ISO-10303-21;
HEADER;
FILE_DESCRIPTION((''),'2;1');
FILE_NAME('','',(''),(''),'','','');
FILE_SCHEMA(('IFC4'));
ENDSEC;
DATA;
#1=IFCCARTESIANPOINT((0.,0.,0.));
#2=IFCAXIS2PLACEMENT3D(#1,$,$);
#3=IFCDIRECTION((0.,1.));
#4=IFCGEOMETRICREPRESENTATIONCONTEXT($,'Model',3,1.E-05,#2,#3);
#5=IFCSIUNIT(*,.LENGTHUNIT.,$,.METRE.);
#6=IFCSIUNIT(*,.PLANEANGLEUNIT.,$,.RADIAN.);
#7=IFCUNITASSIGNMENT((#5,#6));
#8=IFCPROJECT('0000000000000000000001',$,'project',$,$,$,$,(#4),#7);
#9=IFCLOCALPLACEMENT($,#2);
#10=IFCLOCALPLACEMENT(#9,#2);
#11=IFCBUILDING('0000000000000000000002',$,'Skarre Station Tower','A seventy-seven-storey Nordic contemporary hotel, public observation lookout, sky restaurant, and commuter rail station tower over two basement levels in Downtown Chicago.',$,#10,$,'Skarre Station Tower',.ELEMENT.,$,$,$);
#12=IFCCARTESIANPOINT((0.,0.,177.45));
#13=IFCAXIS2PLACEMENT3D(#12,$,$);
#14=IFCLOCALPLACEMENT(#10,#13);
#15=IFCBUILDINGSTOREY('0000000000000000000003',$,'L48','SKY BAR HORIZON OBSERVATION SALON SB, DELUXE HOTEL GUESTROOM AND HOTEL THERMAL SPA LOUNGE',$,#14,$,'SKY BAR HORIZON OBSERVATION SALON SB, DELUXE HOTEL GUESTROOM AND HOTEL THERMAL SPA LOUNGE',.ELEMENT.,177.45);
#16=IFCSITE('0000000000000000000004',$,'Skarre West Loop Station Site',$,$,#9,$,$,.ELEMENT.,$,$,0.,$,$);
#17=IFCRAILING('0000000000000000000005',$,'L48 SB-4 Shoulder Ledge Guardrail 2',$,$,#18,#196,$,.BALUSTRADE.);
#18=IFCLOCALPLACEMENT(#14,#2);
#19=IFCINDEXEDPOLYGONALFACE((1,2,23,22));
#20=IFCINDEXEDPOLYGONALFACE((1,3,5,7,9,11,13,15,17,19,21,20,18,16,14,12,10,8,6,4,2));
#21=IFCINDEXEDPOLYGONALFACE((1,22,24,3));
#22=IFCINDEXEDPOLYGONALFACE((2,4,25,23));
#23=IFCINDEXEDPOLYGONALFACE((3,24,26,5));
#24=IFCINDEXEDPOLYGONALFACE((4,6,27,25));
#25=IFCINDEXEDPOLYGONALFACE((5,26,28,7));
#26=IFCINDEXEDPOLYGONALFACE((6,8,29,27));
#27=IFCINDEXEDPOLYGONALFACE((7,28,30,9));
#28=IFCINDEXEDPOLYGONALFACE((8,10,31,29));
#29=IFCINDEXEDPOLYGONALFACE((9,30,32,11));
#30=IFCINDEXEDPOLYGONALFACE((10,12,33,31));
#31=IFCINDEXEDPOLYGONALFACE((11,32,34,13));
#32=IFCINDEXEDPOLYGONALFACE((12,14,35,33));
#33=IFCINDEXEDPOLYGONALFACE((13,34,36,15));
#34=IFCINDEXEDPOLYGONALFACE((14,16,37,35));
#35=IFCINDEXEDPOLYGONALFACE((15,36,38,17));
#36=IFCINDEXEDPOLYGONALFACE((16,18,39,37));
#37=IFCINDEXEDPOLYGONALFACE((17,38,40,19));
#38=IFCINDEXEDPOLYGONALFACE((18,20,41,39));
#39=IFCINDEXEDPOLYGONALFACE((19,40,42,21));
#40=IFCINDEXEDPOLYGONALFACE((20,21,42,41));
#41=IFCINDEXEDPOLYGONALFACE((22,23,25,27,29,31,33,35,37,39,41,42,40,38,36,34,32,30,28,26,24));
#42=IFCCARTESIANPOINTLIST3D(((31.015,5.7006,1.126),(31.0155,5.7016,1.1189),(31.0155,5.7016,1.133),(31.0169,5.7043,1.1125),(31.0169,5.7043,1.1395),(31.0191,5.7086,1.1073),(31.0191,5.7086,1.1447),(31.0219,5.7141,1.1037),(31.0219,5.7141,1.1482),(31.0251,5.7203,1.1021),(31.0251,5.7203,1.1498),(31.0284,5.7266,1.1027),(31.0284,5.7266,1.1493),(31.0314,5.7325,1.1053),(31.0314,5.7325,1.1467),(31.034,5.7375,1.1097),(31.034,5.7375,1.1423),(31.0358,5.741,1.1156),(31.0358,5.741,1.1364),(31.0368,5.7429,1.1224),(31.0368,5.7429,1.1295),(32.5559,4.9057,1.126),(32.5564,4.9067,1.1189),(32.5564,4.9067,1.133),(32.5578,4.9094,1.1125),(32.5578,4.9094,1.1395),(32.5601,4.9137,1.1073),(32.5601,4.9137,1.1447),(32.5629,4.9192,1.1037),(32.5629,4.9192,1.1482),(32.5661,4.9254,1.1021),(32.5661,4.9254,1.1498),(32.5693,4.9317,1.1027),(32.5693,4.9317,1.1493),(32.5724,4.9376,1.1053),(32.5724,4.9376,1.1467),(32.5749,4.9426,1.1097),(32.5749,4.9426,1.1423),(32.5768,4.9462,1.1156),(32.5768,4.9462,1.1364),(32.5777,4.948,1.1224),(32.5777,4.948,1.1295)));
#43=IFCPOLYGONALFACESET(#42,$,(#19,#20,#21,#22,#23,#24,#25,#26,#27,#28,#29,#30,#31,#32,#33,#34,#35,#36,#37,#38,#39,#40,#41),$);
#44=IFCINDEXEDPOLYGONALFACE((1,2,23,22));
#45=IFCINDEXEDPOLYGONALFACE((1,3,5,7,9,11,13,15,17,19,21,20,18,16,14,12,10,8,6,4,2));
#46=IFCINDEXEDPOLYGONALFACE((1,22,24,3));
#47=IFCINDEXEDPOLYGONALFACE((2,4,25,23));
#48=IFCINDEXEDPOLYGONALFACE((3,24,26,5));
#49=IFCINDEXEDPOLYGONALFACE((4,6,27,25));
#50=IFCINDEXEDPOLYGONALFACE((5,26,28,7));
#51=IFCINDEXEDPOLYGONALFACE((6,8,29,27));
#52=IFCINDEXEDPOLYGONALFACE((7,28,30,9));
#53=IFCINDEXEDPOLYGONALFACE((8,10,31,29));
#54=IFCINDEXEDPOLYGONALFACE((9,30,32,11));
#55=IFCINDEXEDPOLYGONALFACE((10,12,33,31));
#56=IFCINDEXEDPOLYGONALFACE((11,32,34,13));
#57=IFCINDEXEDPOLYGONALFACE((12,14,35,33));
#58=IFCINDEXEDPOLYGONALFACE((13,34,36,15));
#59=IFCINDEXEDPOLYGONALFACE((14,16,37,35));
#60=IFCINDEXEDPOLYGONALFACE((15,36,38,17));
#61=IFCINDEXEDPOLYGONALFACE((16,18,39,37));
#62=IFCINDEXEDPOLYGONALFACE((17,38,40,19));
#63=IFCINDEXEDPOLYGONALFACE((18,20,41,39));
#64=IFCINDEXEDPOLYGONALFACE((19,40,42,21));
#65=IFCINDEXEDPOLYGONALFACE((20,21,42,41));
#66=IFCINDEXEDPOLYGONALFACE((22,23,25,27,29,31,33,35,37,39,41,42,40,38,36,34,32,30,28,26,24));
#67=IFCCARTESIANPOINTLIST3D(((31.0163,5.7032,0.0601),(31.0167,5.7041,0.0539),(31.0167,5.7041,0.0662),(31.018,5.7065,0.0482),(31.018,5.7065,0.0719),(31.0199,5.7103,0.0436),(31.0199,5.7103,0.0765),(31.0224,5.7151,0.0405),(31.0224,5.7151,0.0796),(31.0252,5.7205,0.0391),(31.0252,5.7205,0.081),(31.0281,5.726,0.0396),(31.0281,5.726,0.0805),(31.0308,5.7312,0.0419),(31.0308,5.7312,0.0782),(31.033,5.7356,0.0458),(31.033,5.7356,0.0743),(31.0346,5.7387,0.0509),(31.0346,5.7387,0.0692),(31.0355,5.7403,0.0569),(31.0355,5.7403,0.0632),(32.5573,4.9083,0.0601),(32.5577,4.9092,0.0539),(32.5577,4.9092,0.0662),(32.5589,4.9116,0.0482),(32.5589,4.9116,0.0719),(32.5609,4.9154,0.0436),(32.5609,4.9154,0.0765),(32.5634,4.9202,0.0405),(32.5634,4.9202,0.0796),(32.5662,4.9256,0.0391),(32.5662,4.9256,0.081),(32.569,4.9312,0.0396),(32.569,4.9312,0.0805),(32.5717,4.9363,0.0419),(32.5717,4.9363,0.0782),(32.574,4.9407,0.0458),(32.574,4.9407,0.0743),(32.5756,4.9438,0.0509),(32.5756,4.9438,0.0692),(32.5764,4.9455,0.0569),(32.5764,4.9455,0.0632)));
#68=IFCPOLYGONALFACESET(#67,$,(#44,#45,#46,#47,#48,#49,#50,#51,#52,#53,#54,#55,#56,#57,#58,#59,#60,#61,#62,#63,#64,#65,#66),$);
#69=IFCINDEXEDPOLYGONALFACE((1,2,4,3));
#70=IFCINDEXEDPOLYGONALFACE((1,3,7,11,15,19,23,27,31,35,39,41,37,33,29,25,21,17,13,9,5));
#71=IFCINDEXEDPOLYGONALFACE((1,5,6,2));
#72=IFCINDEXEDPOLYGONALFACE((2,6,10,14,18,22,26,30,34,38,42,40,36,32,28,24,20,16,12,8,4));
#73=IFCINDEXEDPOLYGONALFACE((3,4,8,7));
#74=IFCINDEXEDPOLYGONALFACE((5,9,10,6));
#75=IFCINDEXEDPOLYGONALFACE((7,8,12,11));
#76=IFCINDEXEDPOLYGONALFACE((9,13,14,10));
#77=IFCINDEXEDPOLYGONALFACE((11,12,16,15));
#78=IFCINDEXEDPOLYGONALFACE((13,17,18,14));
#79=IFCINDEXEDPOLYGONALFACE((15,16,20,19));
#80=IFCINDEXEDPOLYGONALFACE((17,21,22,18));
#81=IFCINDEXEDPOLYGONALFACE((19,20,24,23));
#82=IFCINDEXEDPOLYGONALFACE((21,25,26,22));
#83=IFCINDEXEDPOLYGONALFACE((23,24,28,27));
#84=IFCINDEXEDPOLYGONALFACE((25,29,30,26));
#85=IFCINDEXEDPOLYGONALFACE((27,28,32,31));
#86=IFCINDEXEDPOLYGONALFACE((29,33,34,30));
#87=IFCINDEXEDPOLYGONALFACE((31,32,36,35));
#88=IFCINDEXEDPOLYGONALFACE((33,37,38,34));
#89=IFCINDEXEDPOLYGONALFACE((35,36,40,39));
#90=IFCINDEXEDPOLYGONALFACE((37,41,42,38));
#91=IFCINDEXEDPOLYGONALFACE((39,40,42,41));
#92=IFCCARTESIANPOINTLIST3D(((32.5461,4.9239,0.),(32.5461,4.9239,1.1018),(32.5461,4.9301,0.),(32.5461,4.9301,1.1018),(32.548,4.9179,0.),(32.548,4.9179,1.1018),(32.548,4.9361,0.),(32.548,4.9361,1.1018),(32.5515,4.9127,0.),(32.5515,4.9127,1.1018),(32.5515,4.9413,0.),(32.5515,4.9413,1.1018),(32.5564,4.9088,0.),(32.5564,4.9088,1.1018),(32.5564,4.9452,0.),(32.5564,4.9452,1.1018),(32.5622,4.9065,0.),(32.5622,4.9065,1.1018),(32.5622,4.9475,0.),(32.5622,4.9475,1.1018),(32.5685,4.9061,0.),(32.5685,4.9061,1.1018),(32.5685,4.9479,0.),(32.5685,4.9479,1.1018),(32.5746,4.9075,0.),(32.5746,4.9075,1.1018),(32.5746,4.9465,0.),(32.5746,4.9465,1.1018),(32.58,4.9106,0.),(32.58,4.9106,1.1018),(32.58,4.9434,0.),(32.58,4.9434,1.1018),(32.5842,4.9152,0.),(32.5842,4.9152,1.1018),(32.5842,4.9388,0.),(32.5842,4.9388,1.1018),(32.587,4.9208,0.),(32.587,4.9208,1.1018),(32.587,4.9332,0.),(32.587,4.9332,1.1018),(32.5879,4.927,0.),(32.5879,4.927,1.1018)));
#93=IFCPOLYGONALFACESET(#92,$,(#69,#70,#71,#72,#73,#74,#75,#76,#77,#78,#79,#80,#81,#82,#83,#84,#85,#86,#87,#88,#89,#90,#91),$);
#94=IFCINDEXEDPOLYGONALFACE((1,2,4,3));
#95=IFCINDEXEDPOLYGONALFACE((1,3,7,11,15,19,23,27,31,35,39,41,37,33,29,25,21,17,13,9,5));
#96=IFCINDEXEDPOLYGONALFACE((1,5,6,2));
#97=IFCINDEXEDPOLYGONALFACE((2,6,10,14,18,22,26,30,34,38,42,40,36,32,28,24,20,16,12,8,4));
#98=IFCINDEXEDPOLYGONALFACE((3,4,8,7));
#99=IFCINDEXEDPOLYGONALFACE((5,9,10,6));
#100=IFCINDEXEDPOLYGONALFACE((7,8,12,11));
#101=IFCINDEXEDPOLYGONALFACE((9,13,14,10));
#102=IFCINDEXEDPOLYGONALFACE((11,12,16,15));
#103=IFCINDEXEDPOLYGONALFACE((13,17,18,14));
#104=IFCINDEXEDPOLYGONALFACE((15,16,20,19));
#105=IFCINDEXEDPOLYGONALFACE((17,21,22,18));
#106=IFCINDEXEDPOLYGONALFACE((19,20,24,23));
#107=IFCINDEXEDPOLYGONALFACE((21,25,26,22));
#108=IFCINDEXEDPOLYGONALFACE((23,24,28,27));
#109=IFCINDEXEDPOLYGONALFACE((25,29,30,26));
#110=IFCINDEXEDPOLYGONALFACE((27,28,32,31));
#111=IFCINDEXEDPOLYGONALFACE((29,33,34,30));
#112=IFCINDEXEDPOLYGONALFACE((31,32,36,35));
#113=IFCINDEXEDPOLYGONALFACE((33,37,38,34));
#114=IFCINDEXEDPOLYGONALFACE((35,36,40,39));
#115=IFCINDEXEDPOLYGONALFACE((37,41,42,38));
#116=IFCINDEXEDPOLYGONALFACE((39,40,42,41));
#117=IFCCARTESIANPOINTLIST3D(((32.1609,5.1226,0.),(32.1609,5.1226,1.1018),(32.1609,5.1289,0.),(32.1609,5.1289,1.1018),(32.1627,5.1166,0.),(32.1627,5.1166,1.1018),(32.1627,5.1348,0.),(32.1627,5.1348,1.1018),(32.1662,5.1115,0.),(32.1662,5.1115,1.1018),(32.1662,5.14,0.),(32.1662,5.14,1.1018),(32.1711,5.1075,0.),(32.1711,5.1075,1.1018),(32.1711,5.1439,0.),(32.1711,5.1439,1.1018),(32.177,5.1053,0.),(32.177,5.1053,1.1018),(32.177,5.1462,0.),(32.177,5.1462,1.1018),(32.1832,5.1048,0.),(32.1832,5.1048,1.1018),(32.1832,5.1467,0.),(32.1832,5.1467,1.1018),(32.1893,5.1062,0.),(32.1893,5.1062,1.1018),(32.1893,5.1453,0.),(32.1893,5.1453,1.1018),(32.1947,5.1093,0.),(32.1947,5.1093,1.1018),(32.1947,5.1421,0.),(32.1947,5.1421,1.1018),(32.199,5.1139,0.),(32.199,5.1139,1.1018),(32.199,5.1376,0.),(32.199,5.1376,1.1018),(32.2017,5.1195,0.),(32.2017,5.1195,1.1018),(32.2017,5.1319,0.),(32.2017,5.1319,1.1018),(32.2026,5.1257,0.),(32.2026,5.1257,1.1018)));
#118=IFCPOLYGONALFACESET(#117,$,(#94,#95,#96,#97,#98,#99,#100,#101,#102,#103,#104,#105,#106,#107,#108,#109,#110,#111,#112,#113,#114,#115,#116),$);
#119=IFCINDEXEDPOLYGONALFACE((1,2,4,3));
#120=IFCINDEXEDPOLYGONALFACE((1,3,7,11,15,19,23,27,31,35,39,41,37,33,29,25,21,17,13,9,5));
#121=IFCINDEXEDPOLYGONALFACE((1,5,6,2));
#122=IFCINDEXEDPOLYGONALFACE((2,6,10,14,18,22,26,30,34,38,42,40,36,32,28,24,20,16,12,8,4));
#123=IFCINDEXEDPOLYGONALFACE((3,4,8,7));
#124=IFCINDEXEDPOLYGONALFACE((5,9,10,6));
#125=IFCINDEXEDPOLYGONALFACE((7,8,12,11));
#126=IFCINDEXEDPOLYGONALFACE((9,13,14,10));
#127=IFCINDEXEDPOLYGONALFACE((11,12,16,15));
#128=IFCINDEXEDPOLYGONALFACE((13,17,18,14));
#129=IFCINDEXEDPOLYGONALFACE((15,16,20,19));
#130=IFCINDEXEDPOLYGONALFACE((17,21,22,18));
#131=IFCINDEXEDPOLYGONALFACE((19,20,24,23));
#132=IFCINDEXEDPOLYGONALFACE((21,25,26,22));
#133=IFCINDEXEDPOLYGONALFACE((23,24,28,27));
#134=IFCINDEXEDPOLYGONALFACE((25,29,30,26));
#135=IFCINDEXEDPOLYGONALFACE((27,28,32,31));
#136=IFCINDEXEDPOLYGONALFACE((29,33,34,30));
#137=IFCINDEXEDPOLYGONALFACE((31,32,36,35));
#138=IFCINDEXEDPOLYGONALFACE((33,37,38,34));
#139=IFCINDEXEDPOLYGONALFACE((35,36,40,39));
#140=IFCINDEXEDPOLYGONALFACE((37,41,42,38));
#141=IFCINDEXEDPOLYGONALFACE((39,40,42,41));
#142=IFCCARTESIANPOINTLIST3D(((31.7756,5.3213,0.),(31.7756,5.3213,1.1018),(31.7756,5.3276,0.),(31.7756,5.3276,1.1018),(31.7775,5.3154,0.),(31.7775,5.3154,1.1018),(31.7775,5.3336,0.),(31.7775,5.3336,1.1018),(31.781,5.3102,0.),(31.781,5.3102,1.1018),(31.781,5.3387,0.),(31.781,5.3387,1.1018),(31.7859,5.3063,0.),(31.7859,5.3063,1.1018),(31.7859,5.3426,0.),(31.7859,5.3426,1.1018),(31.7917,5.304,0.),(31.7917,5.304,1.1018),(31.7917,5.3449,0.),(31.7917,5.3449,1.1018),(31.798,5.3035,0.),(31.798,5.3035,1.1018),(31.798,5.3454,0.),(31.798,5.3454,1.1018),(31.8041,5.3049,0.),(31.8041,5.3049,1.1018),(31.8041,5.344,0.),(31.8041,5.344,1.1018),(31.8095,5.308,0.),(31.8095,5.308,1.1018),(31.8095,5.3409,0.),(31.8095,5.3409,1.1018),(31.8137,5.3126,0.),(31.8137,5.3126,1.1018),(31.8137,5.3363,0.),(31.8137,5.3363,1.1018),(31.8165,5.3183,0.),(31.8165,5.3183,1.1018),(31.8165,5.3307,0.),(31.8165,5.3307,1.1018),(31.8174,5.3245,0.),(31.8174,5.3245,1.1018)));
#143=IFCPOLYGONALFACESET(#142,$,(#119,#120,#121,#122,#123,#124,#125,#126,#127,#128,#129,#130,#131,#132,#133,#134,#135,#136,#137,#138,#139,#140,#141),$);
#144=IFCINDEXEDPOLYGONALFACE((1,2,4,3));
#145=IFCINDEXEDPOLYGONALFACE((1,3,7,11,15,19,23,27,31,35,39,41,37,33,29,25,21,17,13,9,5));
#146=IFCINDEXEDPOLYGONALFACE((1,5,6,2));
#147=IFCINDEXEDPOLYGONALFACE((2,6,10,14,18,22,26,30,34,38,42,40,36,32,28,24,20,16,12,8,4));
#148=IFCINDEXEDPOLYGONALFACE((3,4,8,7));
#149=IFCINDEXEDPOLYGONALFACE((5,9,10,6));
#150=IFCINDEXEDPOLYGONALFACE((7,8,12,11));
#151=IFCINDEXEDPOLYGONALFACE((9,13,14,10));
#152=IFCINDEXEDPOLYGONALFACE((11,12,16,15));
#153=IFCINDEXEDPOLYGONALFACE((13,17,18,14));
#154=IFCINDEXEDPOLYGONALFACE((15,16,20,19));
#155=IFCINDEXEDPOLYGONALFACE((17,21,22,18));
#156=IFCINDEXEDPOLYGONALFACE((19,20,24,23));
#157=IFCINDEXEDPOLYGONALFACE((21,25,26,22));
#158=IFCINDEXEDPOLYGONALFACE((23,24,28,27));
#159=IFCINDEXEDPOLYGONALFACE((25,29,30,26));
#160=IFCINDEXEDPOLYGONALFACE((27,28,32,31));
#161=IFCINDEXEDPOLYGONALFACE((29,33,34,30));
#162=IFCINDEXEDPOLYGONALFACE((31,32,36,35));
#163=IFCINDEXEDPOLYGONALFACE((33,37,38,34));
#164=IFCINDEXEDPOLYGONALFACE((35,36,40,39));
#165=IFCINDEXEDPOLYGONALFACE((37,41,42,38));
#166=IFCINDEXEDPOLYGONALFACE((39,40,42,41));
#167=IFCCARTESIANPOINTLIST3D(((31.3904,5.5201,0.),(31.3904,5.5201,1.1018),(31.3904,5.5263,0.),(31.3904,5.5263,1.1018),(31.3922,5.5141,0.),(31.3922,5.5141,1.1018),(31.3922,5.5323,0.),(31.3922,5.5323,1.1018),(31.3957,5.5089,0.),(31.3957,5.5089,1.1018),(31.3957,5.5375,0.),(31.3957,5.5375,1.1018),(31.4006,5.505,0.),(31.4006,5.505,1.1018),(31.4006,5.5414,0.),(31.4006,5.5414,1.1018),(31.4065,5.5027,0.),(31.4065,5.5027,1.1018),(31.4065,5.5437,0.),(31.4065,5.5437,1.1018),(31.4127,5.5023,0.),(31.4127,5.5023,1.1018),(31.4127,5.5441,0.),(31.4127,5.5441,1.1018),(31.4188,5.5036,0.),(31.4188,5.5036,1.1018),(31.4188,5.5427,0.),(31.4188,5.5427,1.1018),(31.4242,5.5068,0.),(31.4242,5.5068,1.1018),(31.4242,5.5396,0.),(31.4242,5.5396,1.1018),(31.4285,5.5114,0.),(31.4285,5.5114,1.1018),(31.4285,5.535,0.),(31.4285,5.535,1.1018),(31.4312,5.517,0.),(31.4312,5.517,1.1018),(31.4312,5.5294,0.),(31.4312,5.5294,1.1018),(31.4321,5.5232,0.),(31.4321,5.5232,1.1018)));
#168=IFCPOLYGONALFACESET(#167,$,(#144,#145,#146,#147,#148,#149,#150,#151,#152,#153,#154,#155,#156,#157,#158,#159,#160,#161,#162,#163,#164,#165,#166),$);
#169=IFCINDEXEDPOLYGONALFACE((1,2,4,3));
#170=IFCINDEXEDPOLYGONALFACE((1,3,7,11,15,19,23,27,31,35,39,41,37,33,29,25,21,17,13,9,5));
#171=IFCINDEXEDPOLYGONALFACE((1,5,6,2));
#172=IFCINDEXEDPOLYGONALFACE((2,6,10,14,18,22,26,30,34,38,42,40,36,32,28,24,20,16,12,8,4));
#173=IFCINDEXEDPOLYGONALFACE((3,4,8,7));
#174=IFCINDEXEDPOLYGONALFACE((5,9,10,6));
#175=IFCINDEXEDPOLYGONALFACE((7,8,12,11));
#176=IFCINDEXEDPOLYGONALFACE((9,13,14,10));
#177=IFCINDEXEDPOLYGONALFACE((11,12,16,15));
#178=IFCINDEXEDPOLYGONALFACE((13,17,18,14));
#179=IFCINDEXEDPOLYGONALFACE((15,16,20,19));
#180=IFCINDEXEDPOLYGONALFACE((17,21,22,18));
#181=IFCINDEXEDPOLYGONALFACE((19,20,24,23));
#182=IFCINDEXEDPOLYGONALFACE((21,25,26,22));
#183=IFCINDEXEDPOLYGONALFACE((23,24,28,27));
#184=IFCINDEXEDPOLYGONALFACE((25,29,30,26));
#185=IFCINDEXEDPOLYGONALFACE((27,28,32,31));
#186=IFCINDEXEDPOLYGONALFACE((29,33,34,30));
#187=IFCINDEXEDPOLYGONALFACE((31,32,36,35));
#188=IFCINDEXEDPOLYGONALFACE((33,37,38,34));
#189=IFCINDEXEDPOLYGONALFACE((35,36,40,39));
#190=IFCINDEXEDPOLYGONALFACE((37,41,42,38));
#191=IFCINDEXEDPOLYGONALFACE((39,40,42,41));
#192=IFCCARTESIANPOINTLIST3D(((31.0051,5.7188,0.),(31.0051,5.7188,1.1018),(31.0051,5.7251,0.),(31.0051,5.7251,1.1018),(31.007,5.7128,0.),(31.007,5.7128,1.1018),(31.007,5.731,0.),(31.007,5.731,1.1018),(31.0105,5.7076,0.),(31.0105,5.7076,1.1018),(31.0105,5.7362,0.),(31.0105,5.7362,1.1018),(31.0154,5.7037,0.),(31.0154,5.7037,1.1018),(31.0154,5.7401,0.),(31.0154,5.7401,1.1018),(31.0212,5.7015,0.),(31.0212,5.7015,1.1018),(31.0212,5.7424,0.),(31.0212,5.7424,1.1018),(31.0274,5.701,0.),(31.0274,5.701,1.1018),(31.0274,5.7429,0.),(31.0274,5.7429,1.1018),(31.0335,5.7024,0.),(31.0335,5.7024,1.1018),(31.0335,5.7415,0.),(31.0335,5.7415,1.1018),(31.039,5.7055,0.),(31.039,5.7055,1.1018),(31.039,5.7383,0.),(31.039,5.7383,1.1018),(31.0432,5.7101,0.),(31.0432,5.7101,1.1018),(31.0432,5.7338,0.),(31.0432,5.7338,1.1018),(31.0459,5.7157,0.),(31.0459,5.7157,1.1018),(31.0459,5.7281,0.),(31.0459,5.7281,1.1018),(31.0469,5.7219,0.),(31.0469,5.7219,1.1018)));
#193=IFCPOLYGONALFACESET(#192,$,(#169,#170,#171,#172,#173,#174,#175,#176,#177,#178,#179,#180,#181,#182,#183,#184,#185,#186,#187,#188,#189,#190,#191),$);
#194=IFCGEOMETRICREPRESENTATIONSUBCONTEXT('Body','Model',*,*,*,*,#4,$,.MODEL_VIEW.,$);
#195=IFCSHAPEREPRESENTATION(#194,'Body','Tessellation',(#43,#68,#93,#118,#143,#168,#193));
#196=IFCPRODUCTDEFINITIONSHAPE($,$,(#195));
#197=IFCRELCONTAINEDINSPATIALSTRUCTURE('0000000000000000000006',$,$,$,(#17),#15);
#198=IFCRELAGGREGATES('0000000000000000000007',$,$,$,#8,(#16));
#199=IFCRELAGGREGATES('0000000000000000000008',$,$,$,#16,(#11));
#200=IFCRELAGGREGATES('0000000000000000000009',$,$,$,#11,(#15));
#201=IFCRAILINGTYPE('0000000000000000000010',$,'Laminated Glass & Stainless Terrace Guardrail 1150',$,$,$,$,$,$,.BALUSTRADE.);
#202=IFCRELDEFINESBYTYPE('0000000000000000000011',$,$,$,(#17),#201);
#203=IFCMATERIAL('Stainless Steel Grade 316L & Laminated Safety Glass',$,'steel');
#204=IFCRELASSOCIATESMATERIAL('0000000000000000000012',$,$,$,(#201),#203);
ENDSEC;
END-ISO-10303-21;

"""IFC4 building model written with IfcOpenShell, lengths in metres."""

from ifc_helpers import new_model, si_unit, direction, frame, origin, origin_2d, place, context, subcontext, project, spatial, circle, extrude, material, type_object, element, save


model = new_model("IFC4")

# Units and contexts
model_context = context("Model", 3, precision=1e-05, world=origin(), true_north=direction((0.0, 1.0)))
body_context = subcontext(model_context, "Body", "Model", "MODEL_VIEW")
ifc_project = project(units=[si_unit("LENGTHUNIT", "METRE"), si_unit("PLANEANGLEUNIT", "RADIAN")], contexts=[model_context])

# Site, building, storey
site_placement = place(None, origin())
site = spatial("IfcSite", under=ifc_project, at=site_placement, Name="Skarre West Loop Station Site", CompositionType="ELEMENT", RefElevation=0.0)
building_placement = place(site_placement, origin())
building = spatial("IfcBuilding", under=site, at=building_placement, Name="Skarre Station Tower", Description="A seventy-seven-storey Nordic contemporary hotel, public observation lookout, sky restaurant, and commuter rail station tower over two basement levels in Downtown Chicago.", LongName="Skarre Station Tower", CompositionType="ELEMENT")
storey_placement = place(building_placement, frame((0.0, 0.0, 177.45)))
storey = spatial("IfcBuildingStorey", under=building, at=storey_placement, Name="L48", Description="SKY BAR HORIZON OBSERVATION SALON SB, DELUXE HOTEL GUESTROOM AND HOTEL THERMAL SPA LOUNGE", LongName="SKY BAR HORIZON OBSERVATION SALON SB, DELUXE HOTEL GUESTROOM AND HOTEL THERMAL SPA LOUNGE", CompositionType="ELEMENT", Elevation=177.45)

# Railing
ifc_material_1 = material(Name="Stainless Steel Grade 316L & Laminated Safety Glass", Category="steel")
railing_type = type_object("IfcRailingType", Name="Laminated Glass & Stainless Terrace Guardrail 1150", PredefinedType="BALUSTRADE", material=ifc_material_1)
railing_placement = place(storey_placement, frame((32.5669, 4.927, 0.0)))
element("IfcRailing", 1, at=railing_placement, inside=storey, type_object=railing_type, Name="L48 SB-4 Shoulder Ledge Guardrail 2", PredefinedType="BALUSTRADE", context=body_context, shape_type="SweptSolid", body=[
    extrude(circle(Radius=0.0239, at=origin_2d()), frame((0.0, 0.0, 1.126), z_axis=(-0.888724, 0.458442, 0.0), x_axis=(-0.458442, -0.888724, 0.0)), (0.0, 0.0, 1.0), 1.7339),
    extrude(circle(Radius=0.021, at=origin_2d()), frame((0.0, 0.0, 0.0601), z_axis=(-0.888724, 0.458442, 0.0), x_axis=(-0.458442, -0.888724, 0.0)), (0.0, 0.0, 1.0), 1.7339),
    extrude(circle(Radius=0.021, at=origin_2d()), origin(), (0.0, 0.0, 1.0), 1.1018),
    extrude(circle(Radius=0.021, at=origin_2d()), frame((-0.3853, 0.1987, 0.0)), (0.0, 0.0, 1.0), 1.1018),
    extrude(circle(Radius=0.021, at=origin_2d()), frame((-0.7705, 0.3975, 0.0)), (0.0, 0.0, 1.0), 1.1018),
    extrude(circle(Radius=0.021, at=origin_2d()), frame((-1.1558, 0.5962, 0.0)), (0.0, 0.0, 1.0), 1.1018),
    extrude(circle(Radius=0.021, at=origin_2d()), frame((-1.541, 0.7949, 0.0)), (0.0, 0.0, 1.0), 1.1018),
])

save(model, "model.ifc")
